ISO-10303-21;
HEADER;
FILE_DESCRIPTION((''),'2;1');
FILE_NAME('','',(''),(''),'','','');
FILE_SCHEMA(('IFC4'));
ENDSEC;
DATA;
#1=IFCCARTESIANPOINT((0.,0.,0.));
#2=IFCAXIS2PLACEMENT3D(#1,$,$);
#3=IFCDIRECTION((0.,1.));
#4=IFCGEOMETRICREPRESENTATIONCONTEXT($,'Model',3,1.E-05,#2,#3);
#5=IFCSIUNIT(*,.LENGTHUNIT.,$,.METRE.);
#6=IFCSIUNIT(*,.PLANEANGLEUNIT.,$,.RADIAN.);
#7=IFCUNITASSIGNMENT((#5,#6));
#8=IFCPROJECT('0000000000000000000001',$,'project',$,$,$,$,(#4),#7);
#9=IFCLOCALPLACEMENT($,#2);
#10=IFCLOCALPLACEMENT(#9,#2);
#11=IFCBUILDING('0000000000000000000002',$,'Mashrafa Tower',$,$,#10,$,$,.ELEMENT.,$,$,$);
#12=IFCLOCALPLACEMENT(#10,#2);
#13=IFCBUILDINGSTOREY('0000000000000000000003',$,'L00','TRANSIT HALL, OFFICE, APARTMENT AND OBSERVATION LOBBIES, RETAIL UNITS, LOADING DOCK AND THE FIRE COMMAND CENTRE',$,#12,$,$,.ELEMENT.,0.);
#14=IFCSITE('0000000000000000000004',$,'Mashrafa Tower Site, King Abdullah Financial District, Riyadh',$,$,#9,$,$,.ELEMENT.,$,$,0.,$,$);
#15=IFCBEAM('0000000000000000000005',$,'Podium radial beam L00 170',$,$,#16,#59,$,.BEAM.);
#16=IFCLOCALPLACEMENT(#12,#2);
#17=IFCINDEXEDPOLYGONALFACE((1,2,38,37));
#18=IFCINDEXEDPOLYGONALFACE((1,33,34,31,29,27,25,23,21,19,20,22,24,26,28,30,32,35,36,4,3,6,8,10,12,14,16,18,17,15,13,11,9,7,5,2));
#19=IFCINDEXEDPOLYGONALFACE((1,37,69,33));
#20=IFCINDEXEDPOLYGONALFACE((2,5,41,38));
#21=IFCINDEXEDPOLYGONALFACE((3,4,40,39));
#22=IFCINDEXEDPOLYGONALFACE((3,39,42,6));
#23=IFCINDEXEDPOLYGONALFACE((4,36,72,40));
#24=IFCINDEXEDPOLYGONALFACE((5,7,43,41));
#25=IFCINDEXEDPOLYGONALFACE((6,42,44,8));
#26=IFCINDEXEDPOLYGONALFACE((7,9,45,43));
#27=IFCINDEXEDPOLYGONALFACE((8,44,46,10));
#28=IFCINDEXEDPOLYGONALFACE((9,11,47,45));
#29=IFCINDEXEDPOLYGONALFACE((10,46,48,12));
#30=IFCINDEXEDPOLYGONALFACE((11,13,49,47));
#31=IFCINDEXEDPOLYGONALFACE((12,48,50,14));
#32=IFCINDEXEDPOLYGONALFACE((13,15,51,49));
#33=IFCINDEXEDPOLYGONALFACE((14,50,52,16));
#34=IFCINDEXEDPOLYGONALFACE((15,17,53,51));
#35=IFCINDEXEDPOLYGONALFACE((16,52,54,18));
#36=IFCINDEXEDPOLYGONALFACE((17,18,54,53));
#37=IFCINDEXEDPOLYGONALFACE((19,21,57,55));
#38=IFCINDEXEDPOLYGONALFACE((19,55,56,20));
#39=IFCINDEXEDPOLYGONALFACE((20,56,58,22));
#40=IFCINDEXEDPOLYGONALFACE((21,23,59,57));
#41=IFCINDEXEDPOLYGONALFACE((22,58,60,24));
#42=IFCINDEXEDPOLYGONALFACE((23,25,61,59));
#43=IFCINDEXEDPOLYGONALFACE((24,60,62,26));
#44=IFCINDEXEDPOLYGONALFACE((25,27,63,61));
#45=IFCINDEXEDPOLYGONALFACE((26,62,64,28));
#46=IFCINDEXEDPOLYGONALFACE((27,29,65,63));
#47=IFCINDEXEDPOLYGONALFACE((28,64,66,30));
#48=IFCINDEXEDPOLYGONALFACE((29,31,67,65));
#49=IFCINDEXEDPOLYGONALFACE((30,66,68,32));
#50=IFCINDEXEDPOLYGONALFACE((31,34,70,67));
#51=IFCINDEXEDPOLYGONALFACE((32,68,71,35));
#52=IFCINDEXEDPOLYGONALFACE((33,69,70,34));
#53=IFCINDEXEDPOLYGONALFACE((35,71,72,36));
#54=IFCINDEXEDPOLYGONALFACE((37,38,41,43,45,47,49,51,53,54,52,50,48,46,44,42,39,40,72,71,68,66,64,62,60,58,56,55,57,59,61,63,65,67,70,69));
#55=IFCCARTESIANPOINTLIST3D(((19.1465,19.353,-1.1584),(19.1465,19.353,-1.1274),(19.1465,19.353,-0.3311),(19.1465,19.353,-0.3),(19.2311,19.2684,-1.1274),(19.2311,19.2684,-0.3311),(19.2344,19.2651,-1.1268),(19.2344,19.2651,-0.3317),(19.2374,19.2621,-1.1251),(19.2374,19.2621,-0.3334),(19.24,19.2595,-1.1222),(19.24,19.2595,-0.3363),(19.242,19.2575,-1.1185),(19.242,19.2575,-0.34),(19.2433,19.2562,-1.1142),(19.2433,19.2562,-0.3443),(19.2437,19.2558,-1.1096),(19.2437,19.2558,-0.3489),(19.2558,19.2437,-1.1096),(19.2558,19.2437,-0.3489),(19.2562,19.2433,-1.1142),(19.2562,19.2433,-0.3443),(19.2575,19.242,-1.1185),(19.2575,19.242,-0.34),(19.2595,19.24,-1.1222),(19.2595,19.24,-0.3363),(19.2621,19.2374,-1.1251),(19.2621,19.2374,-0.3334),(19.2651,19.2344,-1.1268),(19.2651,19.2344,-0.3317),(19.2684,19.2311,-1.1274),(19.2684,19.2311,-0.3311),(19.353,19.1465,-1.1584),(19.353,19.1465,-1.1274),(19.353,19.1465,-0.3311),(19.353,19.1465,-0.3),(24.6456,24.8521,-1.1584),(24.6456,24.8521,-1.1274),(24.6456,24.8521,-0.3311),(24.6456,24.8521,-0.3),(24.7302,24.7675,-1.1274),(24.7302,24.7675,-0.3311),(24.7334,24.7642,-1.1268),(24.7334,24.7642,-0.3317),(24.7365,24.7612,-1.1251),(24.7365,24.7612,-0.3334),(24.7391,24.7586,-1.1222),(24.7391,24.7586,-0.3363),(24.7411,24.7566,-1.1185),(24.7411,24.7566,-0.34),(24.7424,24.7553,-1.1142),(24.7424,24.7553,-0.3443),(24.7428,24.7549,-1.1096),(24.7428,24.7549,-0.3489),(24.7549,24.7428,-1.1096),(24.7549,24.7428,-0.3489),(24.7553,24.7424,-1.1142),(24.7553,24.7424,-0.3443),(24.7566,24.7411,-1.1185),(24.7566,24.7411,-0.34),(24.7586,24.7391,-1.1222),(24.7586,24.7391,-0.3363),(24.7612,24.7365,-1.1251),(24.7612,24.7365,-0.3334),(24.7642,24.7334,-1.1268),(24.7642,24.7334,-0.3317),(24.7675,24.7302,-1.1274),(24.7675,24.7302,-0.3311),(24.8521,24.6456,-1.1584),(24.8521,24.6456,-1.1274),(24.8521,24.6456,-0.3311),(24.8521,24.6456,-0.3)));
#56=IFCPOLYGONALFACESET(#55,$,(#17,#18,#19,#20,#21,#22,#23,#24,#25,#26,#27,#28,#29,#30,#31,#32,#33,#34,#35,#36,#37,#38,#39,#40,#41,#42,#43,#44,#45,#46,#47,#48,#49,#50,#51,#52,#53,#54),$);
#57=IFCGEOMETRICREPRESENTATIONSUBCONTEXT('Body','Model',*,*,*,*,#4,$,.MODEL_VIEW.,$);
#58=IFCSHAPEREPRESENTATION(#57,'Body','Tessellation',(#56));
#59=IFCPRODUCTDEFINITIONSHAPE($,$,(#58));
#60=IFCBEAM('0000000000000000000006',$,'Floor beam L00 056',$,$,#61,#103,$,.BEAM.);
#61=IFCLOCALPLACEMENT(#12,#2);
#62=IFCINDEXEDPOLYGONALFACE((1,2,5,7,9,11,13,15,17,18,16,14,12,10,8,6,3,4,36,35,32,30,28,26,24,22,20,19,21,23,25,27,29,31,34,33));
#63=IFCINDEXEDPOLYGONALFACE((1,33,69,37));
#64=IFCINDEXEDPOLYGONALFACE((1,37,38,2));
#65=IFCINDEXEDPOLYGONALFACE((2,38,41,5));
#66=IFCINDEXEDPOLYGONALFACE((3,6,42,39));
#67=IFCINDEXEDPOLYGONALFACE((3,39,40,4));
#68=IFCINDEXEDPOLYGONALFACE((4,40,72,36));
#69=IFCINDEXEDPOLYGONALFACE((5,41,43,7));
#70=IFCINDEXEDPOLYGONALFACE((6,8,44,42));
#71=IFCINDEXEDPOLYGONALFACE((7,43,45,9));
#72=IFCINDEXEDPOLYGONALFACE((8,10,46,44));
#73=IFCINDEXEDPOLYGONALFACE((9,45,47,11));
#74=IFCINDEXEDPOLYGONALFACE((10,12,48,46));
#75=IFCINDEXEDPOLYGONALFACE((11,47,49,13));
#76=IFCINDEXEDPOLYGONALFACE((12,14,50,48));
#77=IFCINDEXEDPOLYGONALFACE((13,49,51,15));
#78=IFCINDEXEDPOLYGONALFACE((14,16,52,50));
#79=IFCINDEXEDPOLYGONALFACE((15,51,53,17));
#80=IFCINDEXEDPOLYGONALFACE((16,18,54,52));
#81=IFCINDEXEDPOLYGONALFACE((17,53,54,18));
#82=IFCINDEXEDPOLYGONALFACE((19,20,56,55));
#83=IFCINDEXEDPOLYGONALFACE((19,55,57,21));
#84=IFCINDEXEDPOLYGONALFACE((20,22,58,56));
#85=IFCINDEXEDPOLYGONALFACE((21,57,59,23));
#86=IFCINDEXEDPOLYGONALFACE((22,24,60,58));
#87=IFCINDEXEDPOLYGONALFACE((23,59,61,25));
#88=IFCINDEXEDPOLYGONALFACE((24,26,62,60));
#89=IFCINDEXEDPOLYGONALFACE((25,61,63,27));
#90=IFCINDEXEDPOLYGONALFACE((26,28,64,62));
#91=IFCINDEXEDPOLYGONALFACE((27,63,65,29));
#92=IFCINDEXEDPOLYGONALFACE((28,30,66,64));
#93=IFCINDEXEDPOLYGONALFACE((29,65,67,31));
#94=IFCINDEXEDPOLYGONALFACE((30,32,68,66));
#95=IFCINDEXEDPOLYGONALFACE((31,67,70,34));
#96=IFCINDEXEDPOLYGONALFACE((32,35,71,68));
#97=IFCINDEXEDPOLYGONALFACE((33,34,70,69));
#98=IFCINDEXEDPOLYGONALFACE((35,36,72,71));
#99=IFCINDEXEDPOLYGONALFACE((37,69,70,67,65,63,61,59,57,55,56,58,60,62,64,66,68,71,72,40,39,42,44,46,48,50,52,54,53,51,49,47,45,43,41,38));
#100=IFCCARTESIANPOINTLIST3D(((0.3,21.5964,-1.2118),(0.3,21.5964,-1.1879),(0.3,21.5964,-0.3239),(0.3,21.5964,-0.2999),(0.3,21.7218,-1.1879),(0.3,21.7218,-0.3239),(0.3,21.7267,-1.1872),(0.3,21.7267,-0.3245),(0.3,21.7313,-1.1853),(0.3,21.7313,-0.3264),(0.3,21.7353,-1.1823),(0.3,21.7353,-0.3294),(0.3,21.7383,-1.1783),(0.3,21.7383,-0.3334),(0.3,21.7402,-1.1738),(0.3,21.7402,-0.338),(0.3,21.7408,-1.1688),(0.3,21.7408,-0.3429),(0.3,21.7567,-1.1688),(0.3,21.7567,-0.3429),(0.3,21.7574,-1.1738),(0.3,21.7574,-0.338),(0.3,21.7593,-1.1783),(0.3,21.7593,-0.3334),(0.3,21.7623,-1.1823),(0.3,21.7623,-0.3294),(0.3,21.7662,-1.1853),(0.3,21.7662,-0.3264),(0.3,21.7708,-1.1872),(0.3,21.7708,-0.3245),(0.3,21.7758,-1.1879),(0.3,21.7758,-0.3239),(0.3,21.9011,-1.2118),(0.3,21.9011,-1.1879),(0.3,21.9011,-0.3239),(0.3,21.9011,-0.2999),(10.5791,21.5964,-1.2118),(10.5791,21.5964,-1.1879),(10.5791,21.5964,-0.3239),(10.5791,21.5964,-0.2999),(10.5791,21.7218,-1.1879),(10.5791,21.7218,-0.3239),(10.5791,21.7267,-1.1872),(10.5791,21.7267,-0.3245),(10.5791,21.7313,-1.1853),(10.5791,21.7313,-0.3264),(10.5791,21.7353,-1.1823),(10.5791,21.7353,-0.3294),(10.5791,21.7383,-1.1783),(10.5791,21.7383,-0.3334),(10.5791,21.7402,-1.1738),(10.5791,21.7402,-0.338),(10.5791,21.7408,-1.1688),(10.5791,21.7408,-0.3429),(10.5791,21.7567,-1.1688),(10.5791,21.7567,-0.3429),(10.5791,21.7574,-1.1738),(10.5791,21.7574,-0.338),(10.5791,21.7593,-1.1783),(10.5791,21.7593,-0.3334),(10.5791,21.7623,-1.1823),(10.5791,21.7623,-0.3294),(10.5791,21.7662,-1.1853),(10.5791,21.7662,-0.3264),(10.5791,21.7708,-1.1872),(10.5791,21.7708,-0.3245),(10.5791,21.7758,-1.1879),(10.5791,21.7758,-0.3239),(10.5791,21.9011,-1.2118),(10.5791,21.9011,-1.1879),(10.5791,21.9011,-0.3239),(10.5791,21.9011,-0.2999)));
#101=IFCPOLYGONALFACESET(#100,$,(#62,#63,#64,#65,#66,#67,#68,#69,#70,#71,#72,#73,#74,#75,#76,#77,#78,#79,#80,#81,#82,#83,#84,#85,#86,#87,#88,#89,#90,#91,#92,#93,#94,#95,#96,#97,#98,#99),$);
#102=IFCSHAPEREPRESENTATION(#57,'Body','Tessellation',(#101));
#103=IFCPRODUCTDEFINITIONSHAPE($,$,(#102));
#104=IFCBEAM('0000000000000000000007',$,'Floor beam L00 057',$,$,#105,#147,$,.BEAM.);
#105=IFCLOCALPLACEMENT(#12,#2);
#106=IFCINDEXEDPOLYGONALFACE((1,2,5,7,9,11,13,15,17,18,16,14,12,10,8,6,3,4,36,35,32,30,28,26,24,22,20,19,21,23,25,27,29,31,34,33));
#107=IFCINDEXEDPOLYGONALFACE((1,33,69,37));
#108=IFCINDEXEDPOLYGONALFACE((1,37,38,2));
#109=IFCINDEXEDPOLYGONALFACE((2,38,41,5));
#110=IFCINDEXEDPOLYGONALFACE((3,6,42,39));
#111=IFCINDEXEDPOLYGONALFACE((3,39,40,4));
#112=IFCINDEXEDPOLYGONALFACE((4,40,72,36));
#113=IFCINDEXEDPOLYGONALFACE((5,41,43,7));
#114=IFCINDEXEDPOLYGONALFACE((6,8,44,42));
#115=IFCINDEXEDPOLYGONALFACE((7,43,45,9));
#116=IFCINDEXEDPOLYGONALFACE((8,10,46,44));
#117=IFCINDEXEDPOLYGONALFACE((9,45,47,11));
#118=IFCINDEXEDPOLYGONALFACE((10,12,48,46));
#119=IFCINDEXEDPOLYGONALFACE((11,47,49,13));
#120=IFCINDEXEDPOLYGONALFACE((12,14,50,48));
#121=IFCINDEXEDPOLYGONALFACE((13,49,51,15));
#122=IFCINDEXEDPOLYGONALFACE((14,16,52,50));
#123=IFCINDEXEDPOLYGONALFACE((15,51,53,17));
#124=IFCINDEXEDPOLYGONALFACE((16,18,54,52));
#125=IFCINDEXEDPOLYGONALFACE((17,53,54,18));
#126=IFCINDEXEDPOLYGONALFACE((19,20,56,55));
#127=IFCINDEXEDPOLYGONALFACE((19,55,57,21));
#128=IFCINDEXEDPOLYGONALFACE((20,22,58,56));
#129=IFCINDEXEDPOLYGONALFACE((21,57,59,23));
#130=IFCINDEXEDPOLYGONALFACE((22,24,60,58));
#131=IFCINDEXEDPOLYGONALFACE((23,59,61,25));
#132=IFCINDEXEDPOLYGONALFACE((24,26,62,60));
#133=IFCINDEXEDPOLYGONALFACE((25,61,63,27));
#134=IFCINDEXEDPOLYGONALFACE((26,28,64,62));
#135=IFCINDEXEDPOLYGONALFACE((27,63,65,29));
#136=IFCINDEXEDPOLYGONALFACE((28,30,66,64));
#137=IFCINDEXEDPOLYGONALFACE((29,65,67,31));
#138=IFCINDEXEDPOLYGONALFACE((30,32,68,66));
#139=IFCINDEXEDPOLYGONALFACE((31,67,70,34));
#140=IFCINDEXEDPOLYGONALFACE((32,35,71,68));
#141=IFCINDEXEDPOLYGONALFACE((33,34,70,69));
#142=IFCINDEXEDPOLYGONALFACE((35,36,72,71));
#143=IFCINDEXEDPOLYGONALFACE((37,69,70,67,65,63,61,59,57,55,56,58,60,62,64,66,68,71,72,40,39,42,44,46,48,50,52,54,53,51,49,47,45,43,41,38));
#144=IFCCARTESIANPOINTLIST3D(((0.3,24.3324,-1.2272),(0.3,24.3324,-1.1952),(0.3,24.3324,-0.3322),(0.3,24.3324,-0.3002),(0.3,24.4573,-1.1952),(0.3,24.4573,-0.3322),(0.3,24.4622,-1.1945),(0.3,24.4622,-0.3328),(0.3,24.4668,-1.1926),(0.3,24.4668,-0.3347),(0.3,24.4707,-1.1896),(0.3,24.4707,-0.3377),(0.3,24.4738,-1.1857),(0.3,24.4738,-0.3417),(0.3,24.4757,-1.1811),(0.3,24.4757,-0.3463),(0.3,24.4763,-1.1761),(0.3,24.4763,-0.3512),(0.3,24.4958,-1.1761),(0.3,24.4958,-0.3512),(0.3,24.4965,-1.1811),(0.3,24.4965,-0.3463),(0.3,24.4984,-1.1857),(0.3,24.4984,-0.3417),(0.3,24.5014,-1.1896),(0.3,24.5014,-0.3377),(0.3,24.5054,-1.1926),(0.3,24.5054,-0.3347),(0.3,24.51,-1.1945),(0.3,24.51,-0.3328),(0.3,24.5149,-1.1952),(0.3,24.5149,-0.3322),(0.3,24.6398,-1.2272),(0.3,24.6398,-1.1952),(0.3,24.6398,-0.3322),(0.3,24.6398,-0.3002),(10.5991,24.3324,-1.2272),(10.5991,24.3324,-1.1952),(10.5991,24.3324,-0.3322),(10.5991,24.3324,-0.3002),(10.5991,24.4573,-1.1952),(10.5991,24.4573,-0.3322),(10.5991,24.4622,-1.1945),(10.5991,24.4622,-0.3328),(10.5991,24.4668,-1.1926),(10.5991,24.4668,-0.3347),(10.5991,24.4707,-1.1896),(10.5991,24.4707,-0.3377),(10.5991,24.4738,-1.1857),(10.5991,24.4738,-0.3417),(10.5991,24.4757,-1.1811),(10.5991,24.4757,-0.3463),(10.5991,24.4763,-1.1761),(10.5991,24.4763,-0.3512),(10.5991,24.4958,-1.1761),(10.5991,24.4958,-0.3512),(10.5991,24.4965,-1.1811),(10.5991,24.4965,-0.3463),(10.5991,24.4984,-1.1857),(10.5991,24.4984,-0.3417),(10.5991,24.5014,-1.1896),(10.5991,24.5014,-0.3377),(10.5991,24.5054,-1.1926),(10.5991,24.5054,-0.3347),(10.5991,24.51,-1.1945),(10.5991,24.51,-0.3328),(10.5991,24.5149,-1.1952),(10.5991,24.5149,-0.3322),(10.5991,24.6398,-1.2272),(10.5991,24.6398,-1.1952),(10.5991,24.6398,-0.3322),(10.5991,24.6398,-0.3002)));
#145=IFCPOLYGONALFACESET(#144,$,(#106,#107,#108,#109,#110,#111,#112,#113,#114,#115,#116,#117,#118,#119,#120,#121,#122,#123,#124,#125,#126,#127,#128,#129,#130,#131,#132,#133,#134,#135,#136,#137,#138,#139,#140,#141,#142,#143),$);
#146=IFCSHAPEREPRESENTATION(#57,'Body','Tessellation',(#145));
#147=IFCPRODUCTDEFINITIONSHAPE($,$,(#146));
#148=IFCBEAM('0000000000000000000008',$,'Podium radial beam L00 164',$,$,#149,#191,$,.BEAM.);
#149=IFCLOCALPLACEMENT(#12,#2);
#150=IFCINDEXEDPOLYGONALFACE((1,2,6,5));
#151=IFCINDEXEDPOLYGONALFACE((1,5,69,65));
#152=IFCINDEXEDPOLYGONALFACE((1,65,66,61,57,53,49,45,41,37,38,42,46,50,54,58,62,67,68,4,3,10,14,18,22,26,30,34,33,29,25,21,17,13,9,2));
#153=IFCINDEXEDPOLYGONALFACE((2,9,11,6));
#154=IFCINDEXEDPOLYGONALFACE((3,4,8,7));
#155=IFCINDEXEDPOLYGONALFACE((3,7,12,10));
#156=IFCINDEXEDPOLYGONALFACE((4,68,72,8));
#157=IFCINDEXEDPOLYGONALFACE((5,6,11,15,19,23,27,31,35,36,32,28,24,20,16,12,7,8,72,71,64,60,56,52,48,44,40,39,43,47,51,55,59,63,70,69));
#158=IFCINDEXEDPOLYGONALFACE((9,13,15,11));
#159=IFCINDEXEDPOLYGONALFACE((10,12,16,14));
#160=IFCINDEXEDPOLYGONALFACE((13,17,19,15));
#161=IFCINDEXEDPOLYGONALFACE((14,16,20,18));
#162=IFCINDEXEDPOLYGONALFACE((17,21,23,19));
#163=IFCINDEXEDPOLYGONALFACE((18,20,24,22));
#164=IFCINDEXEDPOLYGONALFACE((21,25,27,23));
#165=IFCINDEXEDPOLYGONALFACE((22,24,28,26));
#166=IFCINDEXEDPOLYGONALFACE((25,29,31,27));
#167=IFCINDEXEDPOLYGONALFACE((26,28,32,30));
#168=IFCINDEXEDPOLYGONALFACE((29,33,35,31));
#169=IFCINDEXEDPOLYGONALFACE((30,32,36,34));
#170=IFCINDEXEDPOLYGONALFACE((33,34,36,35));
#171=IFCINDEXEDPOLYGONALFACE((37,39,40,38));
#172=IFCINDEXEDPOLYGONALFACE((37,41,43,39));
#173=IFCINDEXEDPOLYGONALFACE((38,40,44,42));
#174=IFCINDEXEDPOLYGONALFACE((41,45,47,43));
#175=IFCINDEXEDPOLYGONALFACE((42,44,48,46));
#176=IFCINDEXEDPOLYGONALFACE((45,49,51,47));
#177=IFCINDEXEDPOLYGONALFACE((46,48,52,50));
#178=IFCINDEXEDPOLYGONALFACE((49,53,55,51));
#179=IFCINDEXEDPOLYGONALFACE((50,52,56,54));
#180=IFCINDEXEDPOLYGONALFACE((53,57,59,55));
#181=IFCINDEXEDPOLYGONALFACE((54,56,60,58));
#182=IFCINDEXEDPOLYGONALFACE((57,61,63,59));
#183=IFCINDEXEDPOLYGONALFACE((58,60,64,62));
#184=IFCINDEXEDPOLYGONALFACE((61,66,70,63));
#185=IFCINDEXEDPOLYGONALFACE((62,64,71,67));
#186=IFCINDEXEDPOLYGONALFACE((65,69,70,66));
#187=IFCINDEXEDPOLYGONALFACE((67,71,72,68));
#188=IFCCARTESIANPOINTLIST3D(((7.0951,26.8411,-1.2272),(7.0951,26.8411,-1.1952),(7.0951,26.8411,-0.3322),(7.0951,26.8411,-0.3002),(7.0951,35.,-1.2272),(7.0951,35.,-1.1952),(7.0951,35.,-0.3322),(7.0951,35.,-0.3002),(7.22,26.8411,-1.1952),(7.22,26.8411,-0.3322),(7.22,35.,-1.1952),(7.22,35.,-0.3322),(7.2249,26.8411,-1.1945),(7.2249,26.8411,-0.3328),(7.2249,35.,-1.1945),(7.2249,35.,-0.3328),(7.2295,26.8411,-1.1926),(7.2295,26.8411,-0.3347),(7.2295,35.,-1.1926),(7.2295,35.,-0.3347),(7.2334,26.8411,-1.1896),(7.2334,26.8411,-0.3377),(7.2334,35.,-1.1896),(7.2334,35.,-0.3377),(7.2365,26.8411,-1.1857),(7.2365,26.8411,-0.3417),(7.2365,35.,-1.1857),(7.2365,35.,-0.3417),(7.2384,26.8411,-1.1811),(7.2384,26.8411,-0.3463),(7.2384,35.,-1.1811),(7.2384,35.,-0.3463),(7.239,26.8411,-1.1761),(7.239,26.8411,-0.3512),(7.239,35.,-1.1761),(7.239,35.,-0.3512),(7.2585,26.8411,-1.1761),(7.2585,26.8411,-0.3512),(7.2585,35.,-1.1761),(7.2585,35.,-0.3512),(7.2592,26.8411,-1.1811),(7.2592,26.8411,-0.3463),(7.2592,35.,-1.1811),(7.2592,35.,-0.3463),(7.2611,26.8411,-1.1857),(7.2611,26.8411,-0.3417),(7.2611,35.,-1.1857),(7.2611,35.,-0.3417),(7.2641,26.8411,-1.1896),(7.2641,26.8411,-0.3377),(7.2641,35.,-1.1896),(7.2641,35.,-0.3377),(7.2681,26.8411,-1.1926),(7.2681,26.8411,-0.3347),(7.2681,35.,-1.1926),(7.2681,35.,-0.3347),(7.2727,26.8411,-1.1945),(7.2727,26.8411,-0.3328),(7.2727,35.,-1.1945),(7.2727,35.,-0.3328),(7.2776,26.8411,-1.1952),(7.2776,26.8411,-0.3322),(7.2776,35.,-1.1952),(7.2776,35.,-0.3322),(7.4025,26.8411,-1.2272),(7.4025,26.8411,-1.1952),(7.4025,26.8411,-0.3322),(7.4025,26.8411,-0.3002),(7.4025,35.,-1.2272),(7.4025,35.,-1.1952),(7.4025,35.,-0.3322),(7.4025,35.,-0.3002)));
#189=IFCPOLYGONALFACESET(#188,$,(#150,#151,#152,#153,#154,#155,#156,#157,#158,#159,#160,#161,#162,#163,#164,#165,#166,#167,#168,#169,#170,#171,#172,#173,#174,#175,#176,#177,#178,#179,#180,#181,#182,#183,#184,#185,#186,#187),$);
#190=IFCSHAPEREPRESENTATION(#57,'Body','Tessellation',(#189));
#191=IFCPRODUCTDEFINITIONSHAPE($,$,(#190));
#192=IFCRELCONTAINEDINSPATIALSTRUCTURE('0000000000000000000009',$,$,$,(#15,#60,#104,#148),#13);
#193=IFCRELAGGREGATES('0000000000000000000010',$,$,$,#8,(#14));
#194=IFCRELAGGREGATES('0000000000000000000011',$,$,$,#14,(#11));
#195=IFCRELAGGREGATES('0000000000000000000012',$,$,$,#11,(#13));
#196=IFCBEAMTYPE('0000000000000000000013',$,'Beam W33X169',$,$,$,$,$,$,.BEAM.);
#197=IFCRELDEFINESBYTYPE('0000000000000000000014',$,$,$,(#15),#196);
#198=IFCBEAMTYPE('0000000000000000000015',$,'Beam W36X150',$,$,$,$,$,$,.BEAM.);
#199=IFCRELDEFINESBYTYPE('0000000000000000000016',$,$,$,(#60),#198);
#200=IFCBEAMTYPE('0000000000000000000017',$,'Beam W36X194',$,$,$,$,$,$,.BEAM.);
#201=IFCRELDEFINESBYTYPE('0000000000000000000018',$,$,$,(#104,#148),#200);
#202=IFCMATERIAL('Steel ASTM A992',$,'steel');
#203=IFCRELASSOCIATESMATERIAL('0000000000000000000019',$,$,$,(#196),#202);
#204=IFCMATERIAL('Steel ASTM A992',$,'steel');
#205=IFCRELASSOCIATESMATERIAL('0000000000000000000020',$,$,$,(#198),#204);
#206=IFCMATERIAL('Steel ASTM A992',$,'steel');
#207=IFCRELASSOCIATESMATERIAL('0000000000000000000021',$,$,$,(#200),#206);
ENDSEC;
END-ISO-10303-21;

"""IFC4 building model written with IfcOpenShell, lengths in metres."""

from ifc_helpers import new_model, si_unit, direction, frame, origin, origin_2d, place, context, subcontext, project, spatial, i_section, extrude, material, material_profile, profile_set, type_object, element, save


model = new_model("IFC4")

# Units and contexts
model_context = context("Model", 3, precision=1e-05, world=origin(), true_north=direction((0.0, 1.0)))
body_context = subcontext(model_context, "Body", "Model", "MODEL_VIEW")
ifc_project = project(units=[si_unit("LENGTHUNIT", "METRE"), si_unit("PLANEANGLEUNIT", "RADIAN")], contexts=[model_context])

# Site, building, storey
site_placement = place(None, origin())
site = spatial("IfcSite", under=ifc_project, at=site_placement, Name="Mashrafa Tower Site, King Abdullah Financial District, Riyadh", CompositionType="ELEMENT", RefElevation=0.0)
building_placement = place(site_placement, origin())
building = spatial("IfcBuilding", under=site, at=building_placement, Name="Mashrafa Tower", CompositionType="ELEMENT")
storey_placement = place(building_placement, origin())
storey = spatial("IfcBuildingStorey", under=building, at=storey_placement, Name="L00", Description="TRANSIT HALL, OFFICE, APARTMENT AND OBSERVATION LOBBIES, RETAIL UNITS, LOADING DOCK AND THE FIRE COMMAND CENTRE", CompositionType="ELEMENT", Elevation=0.0)

# Beams
ifc_material_1 = material(Name="Steel ASTM A992", Category="steel")
ifc_material_profile_1 = material_profile(ifc_material_1, i_section(OverallWidth=0.292, OverallDepth=0.8584, WebThickness=0.0171, FlangeThickness=0.031, FilletRadius=0.0178, at=origin_2d()), Name="W33X169")
ifc_profile_set_1 = profile_set([ifc_material_profile_1], Name="Steel ASTM A992")
beam_type_1 = type_object("IfcBeamType", Name="Beam W33X169", PredefinedType="BEAM", material=ifc_profile_set_1)
beam_1_placement = place(storey_placement, frame((19.2498, 19.2498, -0.7292), z_axis=(0.707107, 0.707107, 0.0), x_axis=(-0.707107, 0.707107, 0.0)))
element("IfcBeam", 1, at=beam_1_placement, inside=storey, type_object=beam_type_1, Name="Podium radial beam L00 170", PredefinedType="BEAM", context=body_context, shape_type="SweptSolid", body=[
    extrude(i_section(OverallWidth=0.292, OverallDepth=0.8584, WebThickness=0.0171, FlangeThickness=0.031, FilletRadius=0.0178, at=origin_2d()), origin(), (0.0, 0.0, 1.0), 7.7769),
])
ifc_material_2 = material(Name="Steel ASTM A992", Category="steel")
ifc_material_profile_2 = material_profile(ifc_material_2, i_section(OverallWidth=0.3047, OverallDepth=0.9119, WebThickness=0.0159, FlangeThickness=0.0239, FilletRadius=0.019, at=origin_2d()), Name="W36X150")
ifc_profile_set_2 = profile_set([ifc_material_profile_2], Name="Steel ASTM A992")
beam_type_2 = type_object("IfcBeamType", Name="Beam W36X150", PredefinedType="BEAM", material=ifc_profile_set_2)
beam_2_placement = place(storey_placement, frame((0.3, 21.7488, -0.7559), z_axis=(1.0, 0.0, 0.0), x_axis=(0.0, 1.0, 0.0)))
element("IfcBeam", 2, at=beam_2_placement, inside=storey, type_object=beam_type_2, Name="Floor beam L00 056", PredefinedType="BEAM", context=body_context, shape_type="SweptSolid", body=[
    extrude(i_section(OverallWidth=0.3047, OverallDepth=0.9119, WebThickness=0.0159, FlangeThickness=0.0239, FilletRadius=0.019, at=origin_2d()), origin(), (0.0, 0.0, 1.0), 10.2791),
])
ifc_material_3 = material(Name="Steel ASTM A992", Category="steel")
ifc_material_profile_3 = material_profile(ifc_material_3, i_section(OverallWidth=0.3074, OverallDepth=0.927, WebThickness=0.0195, FlangeThickness=0.032, FilletRadius=0.019, at=origin_2d()), Name="W36X194")
ifc_profile_set_3 = profile_set([ifc_material_profile_3], Name="Steel ASTM A992")
beam_type_3 = type_object("IfcBeamType", Name="Beam W36X194", PredefinedType="BEAM", material=ifc_profile_set_3)
beam_3_placement = place(storey_placement, frame((0.3, 24.4861, -0.7637), z_axis=(1.0, 0.0, 0.0), x_axis=(0.0, 1.0, 0.0)))
element("IfcBeam", 3, at=beam_3_placement, inside=storey, type_object=beam_type_3, Name="Floor beam L00 057", PredefinedType="BEAM", context=body_context, shape_type="SweptSolid", body=[
    extrude(i_section(OverallWidth=0.3074, OverallDepth=0.927, WebThickness=0.0195, FlangeThickness=0.032, FilletRadius=0.019, at=origin_2d()), origin(), (0.0, 0.0, 1.0), 10.2991),
])
beam_4_placement = place(storey_placement, frame((7.2488, 26.8411, -0.7637), z_axis=(0.0, 1.0, 0.0), x_axis=(-1.0, 0.0, 0.0)))
element("IfcBeam", 4, at=beam_4_placement, inside=storey, type_object=beam_type_3, Name="Podium radial beam L00 164", PredefinedType="BEAM", context=body_context, shape_type="SweptSolid", body=[
    extrude(i_section(OverallWidth=0.3074, OverallDepth=0.927, WebThickness=0.0195, FlangeThickness=0.032, FilletRadius=0.019, at=origin_2d()), origin(), (0.0, 0.0, 1.0), 8.1589),
])

save(model, "model.ifc")
